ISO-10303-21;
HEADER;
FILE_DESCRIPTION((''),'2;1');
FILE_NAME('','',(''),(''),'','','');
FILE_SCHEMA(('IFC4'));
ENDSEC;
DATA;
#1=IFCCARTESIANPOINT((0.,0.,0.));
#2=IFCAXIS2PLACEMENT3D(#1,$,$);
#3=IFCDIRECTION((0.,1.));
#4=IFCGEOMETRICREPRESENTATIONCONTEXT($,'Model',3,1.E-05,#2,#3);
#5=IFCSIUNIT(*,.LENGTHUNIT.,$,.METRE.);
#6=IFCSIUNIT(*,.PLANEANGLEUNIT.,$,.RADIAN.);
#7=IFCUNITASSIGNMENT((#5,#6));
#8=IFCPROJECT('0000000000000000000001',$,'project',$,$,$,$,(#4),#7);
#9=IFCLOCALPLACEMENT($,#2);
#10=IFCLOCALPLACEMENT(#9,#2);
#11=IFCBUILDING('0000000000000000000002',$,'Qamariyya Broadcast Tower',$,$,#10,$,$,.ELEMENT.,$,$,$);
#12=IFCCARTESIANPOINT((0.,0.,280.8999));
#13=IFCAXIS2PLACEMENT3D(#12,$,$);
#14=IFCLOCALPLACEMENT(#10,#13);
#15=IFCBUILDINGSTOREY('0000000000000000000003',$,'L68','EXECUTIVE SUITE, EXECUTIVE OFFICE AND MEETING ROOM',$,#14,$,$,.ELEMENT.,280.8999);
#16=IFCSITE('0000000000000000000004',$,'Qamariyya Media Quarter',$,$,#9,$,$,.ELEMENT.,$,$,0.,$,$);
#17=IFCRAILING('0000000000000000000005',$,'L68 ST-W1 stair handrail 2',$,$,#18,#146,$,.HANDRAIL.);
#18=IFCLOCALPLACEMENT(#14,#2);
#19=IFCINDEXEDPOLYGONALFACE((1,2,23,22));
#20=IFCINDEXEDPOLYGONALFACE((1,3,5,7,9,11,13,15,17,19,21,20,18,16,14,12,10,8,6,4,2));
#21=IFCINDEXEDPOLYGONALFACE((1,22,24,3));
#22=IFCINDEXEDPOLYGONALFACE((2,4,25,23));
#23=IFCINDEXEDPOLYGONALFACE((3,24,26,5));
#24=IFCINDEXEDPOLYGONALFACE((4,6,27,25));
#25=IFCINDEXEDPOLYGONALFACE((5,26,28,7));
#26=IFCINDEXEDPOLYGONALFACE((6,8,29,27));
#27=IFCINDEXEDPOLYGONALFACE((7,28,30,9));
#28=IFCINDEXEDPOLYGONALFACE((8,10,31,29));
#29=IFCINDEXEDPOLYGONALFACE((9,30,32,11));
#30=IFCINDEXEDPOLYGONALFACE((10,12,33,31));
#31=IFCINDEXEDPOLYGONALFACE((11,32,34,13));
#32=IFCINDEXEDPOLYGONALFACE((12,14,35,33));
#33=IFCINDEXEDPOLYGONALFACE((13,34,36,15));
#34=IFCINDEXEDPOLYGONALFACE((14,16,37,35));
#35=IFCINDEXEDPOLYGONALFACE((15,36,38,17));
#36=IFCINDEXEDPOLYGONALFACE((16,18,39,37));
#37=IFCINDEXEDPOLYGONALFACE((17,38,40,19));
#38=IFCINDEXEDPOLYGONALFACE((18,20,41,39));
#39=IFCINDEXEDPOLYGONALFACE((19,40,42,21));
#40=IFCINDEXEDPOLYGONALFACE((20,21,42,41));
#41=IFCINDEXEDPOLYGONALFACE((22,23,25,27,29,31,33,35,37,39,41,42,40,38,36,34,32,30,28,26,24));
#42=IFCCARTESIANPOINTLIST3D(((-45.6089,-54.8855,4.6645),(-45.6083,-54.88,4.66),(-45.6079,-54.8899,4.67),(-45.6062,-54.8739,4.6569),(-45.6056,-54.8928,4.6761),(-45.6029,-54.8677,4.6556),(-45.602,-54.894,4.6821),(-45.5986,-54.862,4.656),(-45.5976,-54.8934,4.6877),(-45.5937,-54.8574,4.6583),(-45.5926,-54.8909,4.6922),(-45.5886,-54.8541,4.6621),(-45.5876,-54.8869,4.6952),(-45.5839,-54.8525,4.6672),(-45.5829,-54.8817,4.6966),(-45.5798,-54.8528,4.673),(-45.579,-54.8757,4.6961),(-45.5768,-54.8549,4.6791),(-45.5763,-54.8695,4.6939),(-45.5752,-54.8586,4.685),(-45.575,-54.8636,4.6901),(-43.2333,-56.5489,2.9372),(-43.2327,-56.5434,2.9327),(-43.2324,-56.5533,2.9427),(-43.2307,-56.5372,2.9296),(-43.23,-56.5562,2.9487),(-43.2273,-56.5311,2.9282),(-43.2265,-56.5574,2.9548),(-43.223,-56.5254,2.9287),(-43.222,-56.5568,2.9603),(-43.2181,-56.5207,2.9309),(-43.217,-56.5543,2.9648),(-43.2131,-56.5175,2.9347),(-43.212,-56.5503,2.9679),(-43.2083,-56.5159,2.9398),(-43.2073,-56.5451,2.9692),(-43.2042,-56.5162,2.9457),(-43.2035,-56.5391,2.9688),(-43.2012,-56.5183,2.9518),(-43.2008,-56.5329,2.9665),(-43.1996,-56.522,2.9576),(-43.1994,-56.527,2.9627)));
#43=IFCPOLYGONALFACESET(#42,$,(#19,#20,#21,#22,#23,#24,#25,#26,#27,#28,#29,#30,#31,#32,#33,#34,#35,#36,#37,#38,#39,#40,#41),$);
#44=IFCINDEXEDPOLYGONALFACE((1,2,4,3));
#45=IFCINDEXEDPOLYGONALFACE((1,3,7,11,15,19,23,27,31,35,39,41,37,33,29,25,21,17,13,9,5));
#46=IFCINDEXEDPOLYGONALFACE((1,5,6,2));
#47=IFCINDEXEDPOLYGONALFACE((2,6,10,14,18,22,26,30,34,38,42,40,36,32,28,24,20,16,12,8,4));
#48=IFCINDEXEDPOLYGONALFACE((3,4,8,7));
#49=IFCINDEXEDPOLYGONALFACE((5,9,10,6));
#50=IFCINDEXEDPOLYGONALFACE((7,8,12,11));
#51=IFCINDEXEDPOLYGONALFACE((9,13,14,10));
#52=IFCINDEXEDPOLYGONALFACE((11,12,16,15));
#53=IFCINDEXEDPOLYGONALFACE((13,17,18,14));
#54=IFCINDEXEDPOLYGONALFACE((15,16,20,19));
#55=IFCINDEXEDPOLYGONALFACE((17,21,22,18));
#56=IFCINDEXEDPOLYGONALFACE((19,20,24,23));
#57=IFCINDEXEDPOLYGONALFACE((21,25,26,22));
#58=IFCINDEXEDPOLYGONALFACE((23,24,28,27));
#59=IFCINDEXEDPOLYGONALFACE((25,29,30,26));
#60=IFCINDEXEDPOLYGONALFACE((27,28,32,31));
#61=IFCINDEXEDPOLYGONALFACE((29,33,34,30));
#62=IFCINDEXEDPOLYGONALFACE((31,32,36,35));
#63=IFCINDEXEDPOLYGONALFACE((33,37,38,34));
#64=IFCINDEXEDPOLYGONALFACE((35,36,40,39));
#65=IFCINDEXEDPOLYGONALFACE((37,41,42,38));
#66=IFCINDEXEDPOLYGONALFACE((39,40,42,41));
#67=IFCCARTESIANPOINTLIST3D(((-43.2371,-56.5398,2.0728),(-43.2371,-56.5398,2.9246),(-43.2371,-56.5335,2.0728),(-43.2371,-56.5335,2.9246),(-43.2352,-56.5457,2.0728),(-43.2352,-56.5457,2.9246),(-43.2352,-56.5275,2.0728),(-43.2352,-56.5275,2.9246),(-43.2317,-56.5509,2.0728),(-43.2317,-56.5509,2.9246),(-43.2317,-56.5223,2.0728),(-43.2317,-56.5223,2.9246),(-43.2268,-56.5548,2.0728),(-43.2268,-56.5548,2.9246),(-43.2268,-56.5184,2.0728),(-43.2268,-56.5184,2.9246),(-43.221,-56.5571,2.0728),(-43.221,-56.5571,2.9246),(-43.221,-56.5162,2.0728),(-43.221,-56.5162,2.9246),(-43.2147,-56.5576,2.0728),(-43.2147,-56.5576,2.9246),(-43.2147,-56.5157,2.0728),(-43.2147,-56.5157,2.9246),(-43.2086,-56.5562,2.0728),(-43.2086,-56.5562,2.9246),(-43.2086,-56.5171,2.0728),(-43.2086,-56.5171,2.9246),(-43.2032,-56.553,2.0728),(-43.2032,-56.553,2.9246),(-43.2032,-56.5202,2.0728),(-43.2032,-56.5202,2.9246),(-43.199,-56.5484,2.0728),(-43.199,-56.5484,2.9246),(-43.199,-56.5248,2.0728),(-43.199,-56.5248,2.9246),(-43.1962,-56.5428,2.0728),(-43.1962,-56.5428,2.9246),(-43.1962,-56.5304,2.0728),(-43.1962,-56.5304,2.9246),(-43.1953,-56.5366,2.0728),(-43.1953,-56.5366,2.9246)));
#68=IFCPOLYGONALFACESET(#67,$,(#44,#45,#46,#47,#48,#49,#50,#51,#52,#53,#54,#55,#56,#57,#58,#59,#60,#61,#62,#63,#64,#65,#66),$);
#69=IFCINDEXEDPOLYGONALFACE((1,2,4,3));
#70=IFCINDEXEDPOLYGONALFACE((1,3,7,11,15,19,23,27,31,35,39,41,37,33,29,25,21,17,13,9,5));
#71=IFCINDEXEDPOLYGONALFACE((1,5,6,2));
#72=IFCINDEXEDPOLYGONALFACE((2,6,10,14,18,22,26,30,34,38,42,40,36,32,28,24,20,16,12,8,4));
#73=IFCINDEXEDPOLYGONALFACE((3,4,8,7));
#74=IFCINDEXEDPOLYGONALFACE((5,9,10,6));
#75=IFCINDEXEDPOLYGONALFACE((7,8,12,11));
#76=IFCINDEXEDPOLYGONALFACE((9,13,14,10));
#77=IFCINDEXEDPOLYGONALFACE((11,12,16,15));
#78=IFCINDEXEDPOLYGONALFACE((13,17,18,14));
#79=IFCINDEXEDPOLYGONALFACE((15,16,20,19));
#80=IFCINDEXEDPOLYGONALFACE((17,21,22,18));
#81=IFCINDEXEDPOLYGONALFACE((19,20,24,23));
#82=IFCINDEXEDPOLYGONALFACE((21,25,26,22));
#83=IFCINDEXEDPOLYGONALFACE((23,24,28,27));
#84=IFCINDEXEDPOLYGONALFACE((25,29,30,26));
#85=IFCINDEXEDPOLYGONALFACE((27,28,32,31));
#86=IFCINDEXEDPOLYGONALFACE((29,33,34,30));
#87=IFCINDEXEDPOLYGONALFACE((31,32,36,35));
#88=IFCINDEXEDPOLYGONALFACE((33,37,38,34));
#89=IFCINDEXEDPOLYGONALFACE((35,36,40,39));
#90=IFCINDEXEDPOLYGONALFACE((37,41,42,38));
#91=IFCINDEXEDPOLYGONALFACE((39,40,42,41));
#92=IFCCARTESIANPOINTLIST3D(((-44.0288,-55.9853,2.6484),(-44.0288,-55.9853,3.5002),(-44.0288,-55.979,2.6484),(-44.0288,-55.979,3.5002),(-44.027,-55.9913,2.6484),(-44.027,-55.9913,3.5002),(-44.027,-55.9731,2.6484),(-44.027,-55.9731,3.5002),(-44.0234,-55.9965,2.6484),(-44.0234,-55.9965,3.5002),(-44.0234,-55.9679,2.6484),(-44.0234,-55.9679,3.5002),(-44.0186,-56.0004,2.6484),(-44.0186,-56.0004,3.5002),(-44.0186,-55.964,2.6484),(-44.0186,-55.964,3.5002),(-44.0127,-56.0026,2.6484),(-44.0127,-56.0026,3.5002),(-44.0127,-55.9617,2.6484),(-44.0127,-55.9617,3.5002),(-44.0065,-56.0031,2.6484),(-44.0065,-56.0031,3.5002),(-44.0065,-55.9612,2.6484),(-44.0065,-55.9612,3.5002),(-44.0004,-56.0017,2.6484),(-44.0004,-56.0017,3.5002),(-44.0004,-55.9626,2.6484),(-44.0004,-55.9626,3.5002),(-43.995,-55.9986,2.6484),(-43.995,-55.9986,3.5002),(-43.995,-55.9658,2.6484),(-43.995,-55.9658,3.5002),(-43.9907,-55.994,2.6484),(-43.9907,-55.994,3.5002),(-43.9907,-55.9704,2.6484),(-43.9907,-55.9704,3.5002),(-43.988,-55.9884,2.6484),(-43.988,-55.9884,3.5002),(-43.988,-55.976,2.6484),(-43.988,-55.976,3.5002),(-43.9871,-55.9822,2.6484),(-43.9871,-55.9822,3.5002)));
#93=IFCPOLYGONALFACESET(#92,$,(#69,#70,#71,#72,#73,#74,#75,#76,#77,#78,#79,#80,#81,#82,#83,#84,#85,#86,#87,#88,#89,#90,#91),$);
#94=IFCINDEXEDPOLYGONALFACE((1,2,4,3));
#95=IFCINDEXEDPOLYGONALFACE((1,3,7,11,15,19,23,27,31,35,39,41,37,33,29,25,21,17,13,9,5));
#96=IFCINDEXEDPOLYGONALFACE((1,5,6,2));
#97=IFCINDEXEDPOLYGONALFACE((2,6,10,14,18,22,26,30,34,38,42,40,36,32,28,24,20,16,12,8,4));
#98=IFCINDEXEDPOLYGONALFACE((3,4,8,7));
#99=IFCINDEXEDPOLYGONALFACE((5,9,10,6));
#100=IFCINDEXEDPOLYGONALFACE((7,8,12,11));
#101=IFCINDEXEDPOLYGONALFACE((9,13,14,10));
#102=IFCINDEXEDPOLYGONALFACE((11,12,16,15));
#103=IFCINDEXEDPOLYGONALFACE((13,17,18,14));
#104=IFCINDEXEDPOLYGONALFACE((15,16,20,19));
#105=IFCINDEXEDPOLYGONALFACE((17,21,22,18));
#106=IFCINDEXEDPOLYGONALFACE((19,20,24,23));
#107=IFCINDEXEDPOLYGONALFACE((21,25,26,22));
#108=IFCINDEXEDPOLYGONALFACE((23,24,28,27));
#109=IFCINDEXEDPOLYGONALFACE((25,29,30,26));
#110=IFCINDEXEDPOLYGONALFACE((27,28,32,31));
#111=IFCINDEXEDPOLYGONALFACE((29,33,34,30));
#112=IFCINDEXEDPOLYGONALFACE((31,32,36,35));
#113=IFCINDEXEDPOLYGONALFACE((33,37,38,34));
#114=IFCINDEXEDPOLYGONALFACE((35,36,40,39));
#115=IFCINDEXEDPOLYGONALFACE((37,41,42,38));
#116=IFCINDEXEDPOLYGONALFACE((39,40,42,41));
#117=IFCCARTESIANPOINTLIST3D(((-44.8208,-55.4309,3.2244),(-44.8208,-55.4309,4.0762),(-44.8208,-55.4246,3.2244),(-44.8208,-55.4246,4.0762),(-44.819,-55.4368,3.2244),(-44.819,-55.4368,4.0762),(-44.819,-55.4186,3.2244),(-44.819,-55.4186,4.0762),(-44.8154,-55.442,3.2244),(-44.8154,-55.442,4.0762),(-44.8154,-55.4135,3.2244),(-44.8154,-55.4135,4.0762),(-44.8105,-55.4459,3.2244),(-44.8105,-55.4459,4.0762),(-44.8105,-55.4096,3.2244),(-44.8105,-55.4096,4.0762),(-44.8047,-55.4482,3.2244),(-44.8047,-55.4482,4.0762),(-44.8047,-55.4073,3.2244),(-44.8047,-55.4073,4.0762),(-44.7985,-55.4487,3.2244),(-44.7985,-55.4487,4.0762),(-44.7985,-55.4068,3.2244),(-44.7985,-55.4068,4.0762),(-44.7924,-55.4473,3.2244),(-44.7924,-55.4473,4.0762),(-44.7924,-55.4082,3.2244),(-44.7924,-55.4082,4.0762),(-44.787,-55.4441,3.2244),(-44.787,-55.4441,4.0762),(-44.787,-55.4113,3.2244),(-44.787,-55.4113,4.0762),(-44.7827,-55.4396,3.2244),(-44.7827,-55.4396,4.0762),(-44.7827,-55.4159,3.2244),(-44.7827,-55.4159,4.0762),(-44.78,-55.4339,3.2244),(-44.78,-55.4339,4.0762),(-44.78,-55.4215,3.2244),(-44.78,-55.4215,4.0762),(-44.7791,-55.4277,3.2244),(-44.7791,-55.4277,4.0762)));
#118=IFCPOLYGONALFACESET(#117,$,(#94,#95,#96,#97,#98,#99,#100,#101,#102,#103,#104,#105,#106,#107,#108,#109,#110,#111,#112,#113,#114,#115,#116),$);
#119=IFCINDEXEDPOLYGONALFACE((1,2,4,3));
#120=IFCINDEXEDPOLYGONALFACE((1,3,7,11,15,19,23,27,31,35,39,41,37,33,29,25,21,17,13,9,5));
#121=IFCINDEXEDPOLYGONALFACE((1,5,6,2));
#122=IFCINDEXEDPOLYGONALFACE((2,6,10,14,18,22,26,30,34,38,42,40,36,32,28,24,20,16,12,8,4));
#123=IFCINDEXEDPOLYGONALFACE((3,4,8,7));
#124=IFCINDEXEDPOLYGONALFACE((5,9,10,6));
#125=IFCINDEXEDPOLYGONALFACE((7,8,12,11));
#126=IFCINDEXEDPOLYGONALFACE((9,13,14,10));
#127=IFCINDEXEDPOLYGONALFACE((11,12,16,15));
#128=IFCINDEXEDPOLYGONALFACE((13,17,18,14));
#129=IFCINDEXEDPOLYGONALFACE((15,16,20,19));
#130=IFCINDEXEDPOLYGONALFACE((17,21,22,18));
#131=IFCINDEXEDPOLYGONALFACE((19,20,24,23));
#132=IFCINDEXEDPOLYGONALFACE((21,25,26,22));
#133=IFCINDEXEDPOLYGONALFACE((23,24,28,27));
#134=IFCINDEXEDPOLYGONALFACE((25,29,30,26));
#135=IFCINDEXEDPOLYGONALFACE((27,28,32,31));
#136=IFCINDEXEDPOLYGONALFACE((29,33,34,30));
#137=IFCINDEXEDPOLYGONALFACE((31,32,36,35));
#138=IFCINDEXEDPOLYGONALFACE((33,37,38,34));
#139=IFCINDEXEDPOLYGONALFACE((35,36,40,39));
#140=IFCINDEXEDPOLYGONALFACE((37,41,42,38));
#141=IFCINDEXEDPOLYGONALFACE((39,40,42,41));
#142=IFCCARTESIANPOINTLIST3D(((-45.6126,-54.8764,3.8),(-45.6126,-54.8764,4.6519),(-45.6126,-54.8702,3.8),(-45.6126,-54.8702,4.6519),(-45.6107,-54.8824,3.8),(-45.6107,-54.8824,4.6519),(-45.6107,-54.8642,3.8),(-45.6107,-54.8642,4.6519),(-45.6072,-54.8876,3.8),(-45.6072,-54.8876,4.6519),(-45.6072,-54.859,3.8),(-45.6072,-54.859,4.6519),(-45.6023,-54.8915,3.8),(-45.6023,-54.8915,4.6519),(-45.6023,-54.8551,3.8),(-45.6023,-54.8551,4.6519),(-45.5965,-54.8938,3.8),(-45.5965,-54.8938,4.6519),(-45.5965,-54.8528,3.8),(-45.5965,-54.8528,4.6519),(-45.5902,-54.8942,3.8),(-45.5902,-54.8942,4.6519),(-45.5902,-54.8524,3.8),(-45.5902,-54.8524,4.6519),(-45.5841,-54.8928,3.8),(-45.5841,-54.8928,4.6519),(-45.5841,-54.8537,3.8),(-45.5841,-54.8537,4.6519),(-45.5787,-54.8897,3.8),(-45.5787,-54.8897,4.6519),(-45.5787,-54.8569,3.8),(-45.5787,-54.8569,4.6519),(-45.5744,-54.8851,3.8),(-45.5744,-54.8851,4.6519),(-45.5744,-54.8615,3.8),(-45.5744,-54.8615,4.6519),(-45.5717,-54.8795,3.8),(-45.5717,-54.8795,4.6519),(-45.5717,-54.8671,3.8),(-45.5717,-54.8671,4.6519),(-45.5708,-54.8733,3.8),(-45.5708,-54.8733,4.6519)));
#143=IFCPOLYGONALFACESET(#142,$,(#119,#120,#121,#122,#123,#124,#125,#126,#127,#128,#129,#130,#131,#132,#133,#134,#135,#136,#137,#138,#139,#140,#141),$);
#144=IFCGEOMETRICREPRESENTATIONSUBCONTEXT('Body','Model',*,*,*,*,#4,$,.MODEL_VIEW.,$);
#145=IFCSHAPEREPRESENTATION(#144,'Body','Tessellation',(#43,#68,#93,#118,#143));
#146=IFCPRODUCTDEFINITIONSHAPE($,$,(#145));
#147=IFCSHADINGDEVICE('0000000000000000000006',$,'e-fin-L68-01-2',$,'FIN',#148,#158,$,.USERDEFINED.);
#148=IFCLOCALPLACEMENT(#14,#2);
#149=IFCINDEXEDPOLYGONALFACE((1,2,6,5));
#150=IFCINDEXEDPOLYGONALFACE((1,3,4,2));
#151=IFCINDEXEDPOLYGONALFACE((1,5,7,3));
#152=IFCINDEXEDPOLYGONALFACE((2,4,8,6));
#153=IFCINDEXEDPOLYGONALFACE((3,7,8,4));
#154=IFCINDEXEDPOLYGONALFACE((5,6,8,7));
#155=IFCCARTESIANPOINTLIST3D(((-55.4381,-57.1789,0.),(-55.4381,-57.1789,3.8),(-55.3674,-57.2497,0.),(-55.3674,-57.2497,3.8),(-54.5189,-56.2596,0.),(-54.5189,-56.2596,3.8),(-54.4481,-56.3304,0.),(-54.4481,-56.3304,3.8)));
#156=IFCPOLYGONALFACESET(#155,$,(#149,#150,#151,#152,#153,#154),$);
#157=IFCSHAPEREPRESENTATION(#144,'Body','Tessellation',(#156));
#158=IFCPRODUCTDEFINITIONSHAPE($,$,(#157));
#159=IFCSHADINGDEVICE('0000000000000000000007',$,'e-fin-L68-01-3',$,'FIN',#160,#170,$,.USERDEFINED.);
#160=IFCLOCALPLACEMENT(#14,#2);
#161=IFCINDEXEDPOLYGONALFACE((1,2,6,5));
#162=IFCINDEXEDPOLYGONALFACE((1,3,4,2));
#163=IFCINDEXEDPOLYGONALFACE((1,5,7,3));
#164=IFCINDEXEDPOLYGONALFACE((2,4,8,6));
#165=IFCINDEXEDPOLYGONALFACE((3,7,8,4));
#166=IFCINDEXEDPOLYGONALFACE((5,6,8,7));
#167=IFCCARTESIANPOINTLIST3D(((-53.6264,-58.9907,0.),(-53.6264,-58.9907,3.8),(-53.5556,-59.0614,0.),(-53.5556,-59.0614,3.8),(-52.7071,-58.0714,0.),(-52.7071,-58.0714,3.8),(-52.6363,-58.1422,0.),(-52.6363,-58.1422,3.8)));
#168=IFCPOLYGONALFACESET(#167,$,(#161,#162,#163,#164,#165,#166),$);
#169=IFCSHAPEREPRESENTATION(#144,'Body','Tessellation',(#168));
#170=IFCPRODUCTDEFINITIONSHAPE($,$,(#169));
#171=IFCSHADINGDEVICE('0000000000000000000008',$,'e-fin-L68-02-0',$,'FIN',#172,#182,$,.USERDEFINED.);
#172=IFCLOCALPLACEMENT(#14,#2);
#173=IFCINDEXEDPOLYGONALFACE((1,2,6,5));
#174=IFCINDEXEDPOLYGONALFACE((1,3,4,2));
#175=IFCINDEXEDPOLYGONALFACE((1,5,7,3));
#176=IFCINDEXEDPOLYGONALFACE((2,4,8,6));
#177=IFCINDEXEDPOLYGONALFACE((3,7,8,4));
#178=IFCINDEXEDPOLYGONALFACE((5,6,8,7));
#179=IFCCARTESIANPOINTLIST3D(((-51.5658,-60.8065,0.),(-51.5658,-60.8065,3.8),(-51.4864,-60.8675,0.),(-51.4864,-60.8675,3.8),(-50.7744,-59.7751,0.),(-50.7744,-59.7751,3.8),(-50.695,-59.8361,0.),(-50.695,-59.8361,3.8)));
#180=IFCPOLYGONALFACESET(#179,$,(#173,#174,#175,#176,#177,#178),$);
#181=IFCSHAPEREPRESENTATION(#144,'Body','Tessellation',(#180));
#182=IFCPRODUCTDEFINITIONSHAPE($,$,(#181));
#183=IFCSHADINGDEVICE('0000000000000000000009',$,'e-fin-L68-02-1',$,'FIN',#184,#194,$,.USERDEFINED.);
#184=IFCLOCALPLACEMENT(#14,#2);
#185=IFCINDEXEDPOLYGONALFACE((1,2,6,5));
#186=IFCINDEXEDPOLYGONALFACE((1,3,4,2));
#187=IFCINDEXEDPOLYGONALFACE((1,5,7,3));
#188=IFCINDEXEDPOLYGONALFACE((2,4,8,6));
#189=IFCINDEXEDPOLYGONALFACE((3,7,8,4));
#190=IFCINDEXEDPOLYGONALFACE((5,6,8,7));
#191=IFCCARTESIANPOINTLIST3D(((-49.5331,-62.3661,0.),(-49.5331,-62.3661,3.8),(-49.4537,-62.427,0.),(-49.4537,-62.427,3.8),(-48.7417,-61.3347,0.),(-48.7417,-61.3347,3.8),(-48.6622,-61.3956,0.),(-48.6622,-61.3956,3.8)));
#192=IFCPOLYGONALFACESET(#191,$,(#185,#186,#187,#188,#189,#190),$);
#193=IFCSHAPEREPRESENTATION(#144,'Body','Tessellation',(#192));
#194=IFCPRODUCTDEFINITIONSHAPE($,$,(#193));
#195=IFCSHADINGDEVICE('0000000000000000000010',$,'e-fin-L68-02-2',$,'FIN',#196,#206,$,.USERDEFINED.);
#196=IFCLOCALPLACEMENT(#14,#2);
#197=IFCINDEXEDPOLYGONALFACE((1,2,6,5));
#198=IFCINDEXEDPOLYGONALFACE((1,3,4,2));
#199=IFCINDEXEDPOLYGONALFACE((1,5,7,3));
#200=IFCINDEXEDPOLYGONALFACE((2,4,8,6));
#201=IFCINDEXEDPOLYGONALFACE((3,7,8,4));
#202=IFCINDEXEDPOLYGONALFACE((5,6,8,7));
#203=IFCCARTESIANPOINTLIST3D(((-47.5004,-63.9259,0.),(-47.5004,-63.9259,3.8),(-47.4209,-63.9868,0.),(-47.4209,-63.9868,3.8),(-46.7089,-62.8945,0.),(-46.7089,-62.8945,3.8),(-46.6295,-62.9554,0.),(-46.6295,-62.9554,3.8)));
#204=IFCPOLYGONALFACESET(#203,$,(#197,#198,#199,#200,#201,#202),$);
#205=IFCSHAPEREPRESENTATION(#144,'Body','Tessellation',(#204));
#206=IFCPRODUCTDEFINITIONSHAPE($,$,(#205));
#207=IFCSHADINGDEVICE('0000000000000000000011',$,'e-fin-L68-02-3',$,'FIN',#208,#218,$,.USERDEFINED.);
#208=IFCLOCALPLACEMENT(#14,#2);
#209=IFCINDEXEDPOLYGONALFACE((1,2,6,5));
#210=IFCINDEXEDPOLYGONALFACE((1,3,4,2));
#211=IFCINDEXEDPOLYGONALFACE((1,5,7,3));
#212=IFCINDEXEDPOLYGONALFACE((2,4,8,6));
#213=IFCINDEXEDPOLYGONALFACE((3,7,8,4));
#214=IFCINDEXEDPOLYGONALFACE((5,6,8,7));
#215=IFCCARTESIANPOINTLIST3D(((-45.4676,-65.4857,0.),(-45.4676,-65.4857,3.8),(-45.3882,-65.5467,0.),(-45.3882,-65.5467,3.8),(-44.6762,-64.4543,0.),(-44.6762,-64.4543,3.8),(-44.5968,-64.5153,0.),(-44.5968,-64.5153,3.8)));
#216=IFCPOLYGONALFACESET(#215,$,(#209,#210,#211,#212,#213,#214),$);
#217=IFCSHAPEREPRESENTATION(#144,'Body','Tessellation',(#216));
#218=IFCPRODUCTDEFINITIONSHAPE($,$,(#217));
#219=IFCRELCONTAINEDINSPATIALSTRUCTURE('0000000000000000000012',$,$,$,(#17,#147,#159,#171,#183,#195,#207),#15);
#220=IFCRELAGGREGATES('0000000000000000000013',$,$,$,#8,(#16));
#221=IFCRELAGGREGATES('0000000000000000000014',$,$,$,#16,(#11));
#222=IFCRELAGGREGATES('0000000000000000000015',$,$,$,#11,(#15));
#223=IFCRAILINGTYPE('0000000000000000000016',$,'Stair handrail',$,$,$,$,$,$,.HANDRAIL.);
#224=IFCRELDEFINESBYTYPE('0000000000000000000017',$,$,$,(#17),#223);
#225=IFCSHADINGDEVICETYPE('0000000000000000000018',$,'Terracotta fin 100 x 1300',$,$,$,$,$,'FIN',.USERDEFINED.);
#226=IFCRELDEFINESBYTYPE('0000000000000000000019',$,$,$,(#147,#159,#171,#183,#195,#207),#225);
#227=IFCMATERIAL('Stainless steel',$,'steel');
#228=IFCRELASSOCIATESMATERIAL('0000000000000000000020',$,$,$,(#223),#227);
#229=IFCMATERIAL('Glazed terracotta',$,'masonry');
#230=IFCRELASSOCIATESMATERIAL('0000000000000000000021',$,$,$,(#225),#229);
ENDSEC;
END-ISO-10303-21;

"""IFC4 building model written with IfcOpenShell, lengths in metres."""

from ifc_helpers import new_model, si_unit, direction, frame, origin, origin_2d, place, context, subcontext, project, spatial, rectangle, circle, extrude, material, material_profile, profile_set, type_object, element, save


model = new_model("IFC4")

# Units and contexts
model_context = context("Model", 3, precision=1e-05, world=origin(), true_north=direction((0.0, 1.0)))
body_context = subcontext(model_context, "Body", "Model", "MODEL_VIEW")
ifc_project = project(units=[si_unit("LENGTHUNIT", "METRE"), si_unit("PLANEANGLEUNIT", "RADIAN")], contexts=[model_context])

# Site, building, storey
site_placement = place(None, origin())
site = spatial("IfcSite", under=ifc_project, at=site_placement, Name="Qamariyya Media Quarter", CompositionType="ELEMENT", RefElevation=0.0)
building_placement = place(site_placement, origin())
building = spatial("IfcBuilding", under=site, at=building_placement, Name="Qamariyya Broadcast Tower", CompositionType="ELEMENT")
storey_placement = place(building_placement, frame((0.0, 0.0, 280.8999)))
storey = spatial("IfcBuildingStorey", under=building, at=storey_placement, Name="L68", Description="EXECUTIVE SUITE, EXECUTIVE OFFICE AND MEETING ROOM", CompositionType="ELEMENT", Elevation=280.8999)

# Railing
ifc_material_1 = material(Name="Stainless steel", Category="steel")
railing_type_1 = type_object("IfcRailingType", Name="Stair handrail", PredefinedType="HANDRAIL", material=ifc_material_1)
railing_1_placement = place(storey_placement, frame((-43.2163, -56.5366, 2.0728)))
element("IfcRailing", 1, at=railing_1_placement, inside=storey, type_object=railing_type_1, Name="L68 ST-W1 stair handrail 2", PredefinedType="HANDRAIL", context=body_context, shape_type="SweptSolid", body=[
    extrude(circle(Radius=0.0239, at=origin_2d()), frame((0.0, 0.0, 0.876), z_axis=(-0.70377, 0.492784, 0.511734), x_axis=(-0.573575, -0.819153, 0.0)), (0.0, 0.0, 1.0), 3.3755),
    extrude(circle(Radius=0.021, at=origin_2d()), origin(), (0.0, 0.0, 1.0), 0.8518),
    extrude(circle(Radius=0.021, at=origin_2d()), frame((-0.7917, 0.5544, 0.5757)), (0.0, 0.0, 1.0), 0.8518),
    extrude(circle(Radius=0.021, at=origin_2d()), frame((-1.5837, 1.1089, 1.1516)), (0.0, 0.0, 1.0), 0.8518),
    extrude(circle(Radius=0.021, at=origin_2d()), frame((-2.3755, 1.6633, 1.7273)), (0.0, 0.0, 1.0), 0.8518),
])

# Shading devices
ifc_material_2 = material(Name="Glazed terracotta", Category="masonry")
ifc_material_profile_1 = material_profile(ifc_material_2, rectangle(XDim=1.3, YDim=0.1001, at=origin_2d()))
ifc_profile_set_1 = profile_set([ifc_material_profile_1], Name="Glazed terracotta")
shading_device_type_1 = type_object("IfcShadingDeviceType", Name="Terracotta fin 100 x 1300", ElementType="FIN", PredefinedType="USERDEFINED", material=ifc_profile_set_1)
for number, where, z_axis, x_axis, name in (
    (2, (-54.9431, -56.7546, 0.0), (0.0, 0.0, 1.0), (-0.707107, -0.707107, 0.0), "e-fin-L68-01-2"),
    (3, (-53.1313, -58.5664, 0.0), (0.0, 0.0, 1.0), (-0.707107, -0.707107, 0.0), "e-fin-L68-01-3"),
    (4, (-51.1304, -60.3213, 0.0), (0.0, 0.0, 1.0), (-0.608761, -0.793353, 0.0), "e-fin-L68-02-0"),
    (5, (-49.0977, -61.8809, 0.0), (0.0, 0.0, 1.0), (-0.608761, -0.793353, 0.0), "e-fin-L68-02-1"),
    (6, (-47.0649, -63.4407, 0.0), (0.0, 0.0, 1.0), (-0.608761, -0.793353, 0.0), "e-fin-L68-02-2"),
    (7, (-45.0322, -65.0005, 0.0), (0.0, 0.0, 1.0), (-0.608761, -0.793353, 0.0), "e-fin-L68-02-3"),
):
    element("IfcShadingDevice", number, at=place(storey_placement, frame(where, z_axis=z_axis, x_axis=x_axis)), inside=storey, type_object=shading_device_type_1, Name=name, ObjectType="FIN", PredefinedType="USERDEFINED", context=body_context, shape_type="SweptSolid", body=[
        extrude(rectangle(XDim=1.3, YDim=0.1001, at=origin_2d()), origin(), (0.0, 0.0, 1.0), 3.8),
    ])

save(model, "model.ifc")
